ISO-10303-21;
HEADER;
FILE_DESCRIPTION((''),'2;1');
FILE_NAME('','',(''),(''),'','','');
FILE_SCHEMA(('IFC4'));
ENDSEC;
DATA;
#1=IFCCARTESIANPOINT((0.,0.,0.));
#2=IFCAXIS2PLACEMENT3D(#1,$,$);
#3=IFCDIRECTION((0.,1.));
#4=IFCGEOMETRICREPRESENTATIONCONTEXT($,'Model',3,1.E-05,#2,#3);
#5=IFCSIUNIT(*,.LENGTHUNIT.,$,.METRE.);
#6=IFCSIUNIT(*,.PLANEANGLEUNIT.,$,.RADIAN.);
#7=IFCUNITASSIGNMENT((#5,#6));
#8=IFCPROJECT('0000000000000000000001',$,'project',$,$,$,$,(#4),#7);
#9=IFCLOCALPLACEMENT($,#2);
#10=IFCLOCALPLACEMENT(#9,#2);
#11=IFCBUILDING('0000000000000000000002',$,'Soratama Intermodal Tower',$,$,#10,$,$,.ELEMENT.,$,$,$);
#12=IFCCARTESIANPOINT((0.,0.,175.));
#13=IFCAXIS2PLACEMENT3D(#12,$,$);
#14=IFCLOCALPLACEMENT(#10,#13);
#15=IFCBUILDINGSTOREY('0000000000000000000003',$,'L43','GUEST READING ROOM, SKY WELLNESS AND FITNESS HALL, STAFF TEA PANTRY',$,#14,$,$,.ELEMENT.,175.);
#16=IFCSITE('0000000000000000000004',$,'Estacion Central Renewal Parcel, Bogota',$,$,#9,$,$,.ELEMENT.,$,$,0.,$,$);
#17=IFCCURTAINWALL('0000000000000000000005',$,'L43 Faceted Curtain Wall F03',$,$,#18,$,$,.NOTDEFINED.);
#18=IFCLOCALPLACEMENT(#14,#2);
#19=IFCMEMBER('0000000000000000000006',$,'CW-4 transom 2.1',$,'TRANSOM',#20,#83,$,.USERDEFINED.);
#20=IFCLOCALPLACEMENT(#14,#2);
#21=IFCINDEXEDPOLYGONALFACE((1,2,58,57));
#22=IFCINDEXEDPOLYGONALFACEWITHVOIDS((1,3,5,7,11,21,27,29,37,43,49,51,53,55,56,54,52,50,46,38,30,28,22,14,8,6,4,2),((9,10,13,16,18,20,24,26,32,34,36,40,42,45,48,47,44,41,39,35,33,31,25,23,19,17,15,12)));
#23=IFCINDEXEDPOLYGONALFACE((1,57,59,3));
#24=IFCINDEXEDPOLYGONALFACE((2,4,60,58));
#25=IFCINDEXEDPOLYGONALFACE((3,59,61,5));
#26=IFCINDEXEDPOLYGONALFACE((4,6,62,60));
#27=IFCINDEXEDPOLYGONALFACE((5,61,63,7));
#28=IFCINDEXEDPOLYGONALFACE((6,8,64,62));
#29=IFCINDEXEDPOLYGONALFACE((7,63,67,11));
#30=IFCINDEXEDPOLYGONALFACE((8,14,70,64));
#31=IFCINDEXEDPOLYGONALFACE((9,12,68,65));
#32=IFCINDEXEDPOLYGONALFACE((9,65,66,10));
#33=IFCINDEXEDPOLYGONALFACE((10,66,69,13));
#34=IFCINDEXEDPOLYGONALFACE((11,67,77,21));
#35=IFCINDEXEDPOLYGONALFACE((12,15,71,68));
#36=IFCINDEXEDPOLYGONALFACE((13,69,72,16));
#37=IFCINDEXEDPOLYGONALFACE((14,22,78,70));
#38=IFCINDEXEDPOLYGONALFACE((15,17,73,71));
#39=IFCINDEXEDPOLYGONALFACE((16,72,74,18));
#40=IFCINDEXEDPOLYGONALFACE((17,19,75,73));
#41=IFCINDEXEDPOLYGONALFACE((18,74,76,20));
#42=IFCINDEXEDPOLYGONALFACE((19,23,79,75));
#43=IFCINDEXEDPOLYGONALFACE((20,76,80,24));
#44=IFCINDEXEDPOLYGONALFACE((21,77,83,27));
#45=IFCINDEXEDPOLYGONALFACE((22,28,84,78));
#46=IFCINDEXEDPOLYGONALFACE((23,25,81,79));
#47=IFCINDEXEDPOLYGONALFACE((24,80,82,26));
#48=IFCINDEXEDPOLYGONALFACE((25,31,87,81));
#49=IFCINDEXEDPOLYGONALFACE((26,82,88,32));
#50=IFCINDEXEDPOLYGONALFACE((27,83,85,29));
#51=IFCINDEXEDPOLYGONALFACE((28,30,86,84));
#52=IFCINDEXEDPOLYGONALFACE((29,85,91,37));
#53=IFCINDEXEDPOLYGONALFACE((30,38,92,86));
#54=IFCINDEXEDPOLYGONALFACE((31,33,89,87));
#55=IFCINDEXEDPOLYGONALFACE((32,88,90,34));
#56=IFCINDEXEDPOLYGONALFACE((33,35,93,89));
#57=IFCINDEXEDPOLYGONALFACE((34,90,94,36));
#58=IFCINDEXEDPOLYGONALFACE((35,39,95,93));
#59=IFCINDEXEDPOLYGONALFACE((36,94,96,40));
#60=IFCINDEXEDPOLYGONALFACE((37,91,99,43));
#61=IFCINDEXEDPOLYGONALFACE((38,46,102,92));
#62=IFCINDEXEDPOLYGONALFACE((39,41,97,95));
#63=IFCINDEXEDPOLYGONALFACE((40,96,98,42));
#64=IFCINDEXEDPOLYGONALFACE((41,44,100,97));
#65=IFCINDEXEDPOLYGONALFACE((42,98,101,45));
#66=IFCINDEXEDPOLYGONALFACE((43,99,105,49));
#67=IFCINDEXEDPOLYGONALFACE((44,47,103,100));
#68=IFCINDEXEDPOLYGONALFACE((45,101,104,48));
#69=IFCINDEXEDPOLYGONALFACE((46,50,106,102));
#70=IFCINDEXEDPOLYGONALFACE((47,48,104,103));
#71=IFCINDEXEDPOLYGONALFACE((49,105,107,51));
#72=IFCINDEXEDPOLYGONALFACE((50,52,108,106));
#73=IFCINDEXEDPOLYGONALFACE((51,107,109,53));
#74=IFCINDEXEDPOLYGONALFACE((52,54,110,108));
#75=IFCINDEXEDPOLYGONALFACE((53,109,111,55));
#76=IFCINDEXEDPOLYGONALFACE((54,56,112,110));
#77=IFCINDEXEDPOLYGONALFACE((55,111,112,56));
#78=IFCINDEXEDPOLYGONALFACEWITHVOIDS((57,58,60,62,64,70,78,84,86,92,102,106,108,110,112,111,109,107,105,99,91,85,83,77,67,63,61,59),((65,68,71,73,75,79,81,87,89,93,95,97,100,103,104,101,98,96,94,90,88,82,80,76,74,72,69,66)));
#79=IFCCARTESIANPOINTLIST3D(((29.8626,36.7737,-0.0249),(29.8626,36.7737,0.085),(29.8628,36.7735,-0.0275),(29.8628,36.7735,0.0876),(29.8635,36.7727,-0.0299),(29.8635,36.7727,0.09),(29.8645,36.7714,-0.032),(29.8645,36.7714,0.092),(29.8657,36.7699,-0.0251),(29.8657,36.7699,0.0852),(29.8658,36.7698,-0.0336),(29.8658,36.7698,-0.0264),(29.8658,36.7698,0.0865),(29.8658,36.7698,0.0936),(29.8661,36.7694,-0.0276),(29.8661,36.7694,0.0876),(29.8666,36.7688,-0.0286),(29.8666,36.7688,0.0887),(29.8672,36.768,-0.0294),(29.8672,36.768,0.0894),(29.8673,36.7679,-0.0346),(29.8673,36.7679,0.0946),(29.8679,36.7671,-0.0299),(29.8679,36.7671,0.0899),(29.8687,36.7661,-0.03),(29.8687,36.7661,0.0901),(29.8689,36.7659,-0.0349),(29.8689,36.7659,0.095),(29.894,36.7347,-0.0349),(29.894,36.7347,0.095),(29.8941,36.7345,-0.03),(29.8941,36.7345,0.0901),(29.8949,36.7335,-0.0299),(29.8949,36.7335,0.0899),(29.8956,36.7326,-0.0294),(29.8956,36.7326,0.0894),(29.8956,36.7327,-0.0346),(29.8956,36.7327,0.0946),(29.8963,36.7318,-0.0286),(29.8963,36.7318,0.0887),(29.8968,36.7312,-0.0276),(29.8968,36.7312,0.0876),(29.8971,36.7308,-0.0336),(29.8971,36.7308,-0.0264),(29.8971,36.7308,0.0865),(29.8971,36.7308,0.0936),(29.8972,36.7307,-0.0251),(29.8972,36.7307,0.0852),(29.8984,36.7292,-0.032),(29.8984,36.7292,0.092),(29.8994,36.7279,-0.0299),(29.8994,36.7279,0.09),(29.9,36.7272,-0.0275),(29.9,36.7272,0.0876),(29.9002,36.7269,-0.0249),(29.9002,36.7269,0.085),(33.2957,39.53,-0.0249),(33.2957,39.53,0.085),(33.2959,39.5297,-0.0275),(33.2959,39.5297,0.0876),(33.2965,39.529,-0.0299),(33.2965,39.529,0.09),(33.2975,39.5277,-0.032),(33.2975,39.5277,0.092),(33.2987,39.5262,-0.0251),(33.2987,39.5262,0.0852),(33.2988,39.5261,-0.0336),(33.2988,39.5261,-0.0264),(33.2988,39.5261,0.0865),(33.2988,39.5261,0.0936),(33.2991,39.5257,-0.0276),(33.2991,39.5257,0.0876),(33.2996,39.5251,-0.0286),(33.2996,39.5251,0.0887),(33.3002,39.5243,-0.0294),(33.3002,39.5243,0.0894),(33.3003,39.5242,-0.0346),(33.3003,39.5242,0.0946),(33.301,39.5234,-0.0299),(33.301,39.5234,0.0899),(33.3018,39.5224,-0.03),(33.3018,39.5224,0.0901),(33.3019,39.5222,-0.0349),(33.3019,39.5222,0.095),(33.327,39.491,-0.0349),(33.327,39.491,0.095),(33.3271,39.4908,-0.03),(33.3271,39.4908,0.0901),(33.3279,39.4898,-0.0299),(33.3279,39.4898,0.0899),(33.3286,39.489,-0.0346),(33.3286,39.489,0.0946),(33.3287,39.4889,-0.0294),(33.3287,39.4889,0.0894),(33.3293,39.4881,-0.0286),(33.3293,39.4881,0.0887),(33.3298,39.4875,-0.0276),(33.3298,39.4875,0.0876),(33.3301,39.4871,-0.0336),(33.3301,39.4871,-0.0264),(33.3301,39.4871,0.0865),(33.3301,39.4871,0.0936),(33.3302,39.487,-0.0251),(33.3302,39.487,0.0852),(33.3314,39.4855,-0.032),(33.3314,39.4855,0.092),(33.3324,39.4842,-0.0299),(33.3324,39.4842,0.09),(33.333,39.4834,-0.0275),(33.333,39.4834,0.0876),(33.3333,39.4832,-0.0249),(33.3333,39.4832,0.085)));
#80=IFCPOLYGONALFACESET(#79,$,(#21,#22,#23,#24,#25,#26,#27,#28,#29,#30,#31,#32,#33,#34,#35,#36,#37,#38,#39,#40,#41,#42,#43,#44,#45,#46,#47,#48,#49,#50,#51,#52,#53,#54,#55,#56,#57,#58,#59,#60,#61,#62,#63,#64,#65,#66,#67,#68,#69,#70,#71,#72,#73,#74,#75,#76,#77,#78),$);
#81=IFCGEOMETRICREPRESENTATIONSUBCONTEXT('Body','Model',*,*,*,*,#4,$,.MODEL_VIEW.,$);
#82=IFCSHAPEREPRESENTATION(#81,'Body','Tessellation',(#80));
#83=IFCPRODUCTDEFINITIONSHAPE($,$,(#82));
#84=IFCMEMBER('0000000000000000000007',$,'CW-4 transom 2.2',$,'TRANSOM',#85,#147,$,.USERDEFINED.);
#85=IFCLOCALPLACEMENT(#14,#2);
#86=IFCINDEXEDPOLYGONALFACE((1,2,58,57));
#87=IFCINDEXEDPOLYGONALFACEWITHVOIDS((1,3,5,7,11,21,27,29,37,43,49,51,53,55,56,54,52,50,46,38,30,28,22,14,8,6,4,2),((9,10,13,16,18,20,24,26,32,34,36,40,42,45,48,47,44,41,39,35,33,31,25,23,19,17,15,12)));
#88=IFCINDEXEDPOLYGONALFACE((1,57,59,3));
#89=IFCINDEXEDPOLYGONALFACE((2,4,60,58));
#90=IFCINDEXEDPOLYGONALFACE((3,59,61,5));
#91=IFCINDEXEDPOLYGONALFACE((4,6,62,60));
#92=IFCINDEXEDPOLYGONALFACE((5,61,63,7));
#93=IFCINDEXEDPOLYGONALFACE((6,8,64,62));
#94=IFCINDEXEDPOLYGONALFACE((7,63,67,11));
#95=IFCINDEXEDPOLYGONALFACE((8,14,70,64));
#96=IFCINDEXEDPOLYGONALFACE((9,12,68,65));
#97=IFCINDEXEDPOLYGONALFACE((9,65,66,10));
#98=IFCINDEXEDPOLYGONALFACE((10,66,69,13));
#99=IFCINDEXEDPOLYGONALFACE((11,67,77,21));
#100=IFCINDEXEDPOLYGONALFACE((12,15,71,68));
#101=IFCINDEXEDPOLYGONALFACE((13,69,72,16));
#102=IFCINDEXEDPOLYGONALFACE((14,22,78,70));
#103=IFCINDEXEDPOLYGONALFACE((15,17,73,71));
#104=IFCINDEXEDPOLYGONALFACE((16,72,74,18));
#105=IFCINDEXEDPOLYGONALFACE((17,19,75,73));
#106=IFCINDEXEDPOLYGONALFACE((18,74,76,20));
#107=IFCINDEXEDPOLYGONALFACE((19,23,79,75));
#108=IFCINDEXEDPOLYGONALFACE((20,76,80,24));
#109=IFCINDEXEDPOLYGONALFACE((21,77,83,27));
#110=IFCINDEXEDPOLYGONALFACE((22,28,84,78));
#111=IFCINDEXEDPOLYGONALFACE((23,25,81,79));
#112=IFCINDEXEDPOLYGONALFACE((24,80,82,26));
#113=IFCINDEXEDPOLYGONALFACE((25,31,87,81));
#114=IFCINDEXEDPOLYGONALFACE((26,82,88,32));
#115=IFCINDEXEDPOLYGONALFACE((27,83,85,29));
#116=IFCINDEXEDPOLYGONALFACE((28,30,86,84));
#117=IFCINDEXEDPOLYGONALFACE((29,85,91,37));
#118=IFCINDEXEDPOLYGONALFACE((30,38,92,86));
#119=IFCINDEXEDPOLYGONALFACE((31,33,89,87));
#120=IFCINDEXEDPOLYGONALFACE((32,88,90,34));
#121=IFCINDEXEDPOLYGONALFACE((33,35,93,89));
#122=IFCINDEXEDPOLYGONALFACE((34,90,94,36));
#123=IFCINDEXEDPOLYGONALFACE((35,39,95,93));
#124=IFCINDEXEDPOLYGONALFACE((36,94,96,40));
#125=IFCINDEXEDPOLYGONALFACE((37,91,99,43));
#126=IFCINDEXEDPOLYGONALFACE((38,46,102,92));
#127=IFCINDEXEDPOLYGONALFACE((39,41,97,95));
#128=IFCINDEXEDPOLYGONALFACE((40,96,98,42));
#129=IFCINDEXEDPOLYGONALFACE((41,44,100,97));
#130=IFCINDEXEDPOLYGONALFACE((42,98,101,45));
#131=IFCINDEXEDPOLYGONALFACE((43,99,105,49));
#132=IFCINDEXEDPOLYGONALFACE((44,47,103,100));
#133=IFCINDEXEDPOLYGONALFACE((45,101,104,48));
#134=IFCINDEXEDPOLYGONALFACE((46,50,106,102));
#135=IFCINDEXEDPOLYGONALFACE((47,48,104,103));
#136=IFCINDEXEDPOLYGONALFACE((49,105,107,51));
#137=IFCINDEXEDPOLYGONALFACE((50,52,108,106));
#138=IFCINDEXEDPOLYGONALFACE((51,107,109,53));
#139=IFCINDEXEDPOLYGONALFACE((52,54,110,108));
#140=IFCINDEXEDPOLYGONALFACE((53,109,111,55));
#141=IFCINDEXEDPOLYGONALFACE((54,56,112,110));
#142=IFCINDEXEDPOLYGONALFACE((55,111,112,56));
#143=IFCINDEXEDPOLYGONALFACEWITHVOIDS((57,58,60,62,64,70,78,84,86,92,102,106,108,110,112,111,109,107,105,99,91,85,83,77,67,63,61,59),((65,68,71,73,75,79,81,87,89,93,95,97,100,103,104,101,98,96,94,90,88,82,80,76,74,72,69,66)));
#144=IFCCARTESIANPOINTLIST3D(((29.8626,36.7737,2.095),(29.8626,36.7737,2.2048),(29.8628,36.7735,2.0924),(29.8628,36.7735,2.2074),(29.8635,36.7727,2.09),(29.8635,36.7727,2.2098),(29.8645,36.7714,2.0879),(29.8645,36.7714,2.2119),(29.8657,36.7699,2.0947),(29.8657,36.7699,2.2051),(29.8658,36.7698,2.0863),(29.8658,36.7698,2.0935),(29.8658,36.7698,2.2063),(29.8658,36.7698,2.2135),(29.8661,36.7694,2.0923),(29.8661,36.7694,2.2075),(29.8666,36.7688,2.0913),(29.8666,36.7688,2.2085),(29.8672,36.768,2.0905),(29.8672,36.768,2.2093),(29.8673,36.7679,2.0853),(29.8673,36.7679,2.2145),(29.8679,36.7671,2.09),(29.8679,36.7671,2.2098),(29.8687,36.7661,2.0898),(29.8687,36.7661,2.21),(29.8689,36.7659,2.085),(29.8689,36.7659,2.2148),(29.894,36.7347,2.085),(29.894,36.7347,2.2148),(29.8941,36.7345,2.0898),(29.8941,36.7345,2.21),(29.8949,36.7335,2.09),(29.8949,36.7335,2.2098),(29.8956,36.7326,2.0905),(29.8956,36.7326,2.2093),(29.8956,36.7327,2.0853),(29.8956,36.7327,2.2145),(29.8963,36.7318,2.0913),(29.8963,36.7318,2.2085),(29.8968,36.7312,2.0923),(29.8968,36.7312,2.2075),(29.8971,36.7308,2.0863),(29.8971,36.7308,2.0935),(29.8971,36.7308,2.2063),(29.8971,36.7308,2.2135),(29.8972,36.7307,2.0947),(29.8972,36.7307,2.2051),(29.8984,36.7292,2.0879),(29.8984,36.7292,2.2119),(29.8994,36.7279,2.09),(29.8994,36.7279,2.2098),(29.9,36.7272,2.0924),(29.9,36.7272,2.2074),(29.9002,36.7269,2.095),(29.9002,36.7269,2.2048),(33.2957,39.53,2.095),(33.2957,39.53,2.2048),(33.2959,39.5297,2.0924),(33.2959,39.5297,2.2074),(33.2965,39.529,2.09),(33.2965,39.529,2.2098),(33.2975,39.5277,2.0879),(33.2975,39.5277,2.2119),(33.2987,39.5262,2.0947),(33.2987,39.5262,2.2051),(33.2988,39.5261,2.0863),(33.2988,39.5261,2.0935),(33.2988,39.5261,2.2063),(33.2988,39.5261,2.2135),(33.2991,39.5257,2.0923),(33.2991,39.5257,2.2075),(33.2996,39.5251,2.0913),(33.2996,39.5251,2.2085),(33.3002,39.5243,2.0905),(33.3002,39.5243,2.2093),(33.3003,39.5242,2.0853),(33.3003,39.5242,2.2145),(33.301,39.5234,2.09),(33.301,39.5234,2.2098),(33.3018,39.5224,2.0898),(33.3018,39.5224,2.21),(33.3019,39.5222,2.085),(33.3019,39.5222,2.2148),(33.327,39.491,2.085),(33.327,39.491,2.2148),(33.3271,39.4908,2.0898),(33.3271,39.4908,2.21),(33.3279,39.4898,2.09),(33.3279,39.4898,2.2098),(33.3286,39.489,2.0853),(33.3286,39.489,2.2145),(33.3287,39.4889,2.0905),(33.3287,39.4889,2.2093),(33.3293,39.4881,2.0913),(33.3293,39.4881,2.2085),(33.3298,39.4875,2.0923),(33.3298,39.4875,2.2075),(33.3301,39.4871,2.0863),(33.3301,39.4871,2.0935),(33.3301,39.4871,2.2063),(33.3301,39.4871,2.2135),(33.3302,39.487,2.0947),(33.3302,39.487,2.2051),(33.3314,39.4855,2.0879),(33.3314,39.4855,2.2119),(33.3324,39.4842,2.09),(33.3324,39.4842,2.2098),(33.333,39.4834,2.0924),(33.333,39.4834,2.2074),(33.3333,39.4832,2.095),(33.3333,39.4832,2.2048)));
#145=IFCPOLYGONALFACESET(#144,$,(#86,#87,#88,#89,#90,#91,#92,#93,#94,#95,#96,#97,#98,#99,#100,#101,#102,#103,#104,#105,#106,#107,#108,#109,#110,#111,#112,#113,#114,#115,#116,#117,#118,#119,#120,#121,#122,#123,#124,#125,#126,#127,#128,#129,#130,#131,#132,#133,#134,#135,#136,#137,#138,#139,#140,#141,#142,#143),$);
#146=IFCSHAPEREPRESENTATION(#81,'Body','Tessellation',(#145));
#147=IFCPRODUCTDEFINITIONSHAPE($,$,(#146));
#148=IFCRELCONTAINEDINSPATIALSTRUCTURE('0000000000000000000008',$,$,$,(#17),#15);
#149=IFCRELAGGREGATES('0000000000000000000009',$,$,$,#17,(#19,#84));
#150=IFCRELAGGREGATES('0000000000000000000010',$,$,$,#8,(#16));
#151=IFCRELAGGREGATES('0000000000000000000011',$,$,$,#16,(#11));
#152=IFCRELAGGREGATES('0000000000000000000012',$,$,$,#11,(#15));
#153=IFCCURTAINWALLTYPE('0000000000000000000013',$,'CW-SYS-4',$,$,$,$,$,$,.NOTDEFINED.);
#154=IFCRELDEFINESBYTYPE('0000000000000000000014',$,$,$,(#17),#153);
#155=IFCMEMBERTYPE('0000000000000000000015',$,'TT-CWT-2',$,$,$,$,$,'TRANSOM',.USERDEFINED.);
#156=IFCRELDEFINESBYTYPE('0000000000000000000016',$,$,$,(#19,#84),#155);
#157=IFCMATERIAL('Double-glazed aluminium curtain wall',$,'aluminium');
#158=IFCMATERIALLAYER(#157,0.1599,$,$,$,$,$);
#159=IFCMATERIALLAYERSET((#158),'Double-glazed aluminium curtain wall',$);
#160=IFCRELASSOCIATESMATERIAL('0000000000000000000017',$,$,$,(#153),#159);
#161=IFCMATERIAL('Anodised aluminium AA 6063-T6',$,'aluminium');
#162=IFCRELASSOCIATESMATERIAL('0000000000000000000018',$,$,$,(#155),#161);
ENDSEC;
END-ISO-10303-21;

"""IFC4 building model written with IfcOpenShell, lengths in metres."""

from ifc_helpers import new_model, si_unit, direction, frame, origin, origin_2d, place, context, subcontext, project, spatial, hollow_rectangle, extrude, material, layer, layer_set, material_profile, profile_set, type_object, element, aggregate, save


model = new_model("IFC4")

# Units and contexts
model_context = context("Model", 3, precision=1e-05, world=origin(), true_north=direction((0.0, 1.0)))
body_context = subcontext(model_context, "Body", "Model", "MODEL_VIEW")
ifc_project = project(units=[si_unit("LENGTHUNIT", "METRE"), si_unit("PLANEANGLEUNIT", "RADIAN")], contexts=[model_context])

# Site, building, storey
site_placement = place(None, origin())
site = spatial("IfcSite", under=ifc_project, at=site_placement, Name="Estacion Central Renewal Parcel, Bogota", CompositionType="ELEMENT", RefElevation=0.0)
building_placement = place(site_placement, origin())
building = spatial("IfcBuilding", under=site, at=building_placement, Name="Soratama Intermodal Tower", CompositionType="ELEMENT")
storey_placement = place(building_placement, frame((0.0, 0.0, 175.0)))
storey = spatial("IfcBuildingStorey", under=building, at=storey_placement, Name="L43", Description="GUEST READING ROOM, SKY WELLNESS AND FITNESS HALL, STAFF TEA PANTRY", CompositionType="ELEMENT", Elevation=175.0)

# Curtain wall, members
ifc_material_1 = material(Name="Double-glazed aluminium curtain wall", Category="aluminium")
ifc_layer_1 = layer(ifc_material_1, 0.1599)
ifc_layer_set_1 = layer_set([ifc_layer_1], Name="Double-glazed aluminium curtain wall")
curtain_wall_type = type_object("IfcCurtainWallType", Name="CW-SYS-4", PredefinedType="NOTDEFINED", material=ifc_layer_set_1)
curtain_wall_placement = place(storey_placement, origin())
curtain_wall = element("IfcCurtainWall", 1, at=curtain_wall_placement, inside=storey, type_object=curtain_wall_type, Name="L43 Faceted Curtain Wall F03", PredefinedType="NOTDEFINED")
ifc_material_2 = material(Name="Anodised aluminium AA 6063-T6", Category="aluminium")
ifc_material_profile_1 = material_profile(ifc_material_2, hollow_rectangle(XDim=0.0601, YDim=0.1299, WallThickness=0.0049, InnerFilletRadius=0.0049, OuterFilletRadius=0.01, at=origin_2d()), Name="CWT130X60X5")
ifc_profile_set_1 = profile_set([ifc_material_profile_1], Name="Anodised aluminium AA 6063-T6")
member_type_1 = type_object("IfcMemberType", Name="TT-CWT-2", ElementType="TRANSOM", PredefinedType="USERDEFINED", material=ifc_profile_set_1)
member_1_placement = place(storey_placement, frame((33.3145, 39.5066, 0.03), z_axis=(-0.779775, -0.62606, 0.0), x_axis=(0.62606, -0.779775, 0.0)))
member_1 = element("IfcMember", 2, at=member_1_placement, type_object=member_type_1, Name="CW-4 transom 2.1", ObjectType="TRANSOM", PredefinedType="USERDEFINED", context=body_context, shape_type="SweptSolid", body=[
    extrude(hollow_rectangle(XDim=0.0601, YDim=0.1299, WallThickness=0.0049, InnerFilletRadius=0.0049, OuterFilletRadius=0.01, at=origin_2d()), origin(), (0.0, 0.0, 1.0), 4.4026),
])
member_2_placement = place(storey_placement, frame((33.3145, 39.5066, 2.1499), z_axis=(-0.779775, -0.62606, 0.0), x_axis=(0.62606, -0.779775, 0.0)))
member_2 = element("IfcMember", 3, at=member_2_placement, type_object=member_type_1, Name="CW-4 transom 2.2", ObjectType="TRANSOM", PredefinedType="USERDEFINED", context=body_context, shape_type="SweptSolid", body=[
    extrude(hollow_rectangle(XDim=0.0601, YDim=0.1299, WallThickness=0.0049, InnerFilletRadius=0.0049, OuterFilletRadius=0.01, at=origin_2d()), origin(), (0.0, 0.0, 1.0), 4.4026),
])
aggregate(curtain_wall, [member_1, member_2])

save(model, "model.ifc")
